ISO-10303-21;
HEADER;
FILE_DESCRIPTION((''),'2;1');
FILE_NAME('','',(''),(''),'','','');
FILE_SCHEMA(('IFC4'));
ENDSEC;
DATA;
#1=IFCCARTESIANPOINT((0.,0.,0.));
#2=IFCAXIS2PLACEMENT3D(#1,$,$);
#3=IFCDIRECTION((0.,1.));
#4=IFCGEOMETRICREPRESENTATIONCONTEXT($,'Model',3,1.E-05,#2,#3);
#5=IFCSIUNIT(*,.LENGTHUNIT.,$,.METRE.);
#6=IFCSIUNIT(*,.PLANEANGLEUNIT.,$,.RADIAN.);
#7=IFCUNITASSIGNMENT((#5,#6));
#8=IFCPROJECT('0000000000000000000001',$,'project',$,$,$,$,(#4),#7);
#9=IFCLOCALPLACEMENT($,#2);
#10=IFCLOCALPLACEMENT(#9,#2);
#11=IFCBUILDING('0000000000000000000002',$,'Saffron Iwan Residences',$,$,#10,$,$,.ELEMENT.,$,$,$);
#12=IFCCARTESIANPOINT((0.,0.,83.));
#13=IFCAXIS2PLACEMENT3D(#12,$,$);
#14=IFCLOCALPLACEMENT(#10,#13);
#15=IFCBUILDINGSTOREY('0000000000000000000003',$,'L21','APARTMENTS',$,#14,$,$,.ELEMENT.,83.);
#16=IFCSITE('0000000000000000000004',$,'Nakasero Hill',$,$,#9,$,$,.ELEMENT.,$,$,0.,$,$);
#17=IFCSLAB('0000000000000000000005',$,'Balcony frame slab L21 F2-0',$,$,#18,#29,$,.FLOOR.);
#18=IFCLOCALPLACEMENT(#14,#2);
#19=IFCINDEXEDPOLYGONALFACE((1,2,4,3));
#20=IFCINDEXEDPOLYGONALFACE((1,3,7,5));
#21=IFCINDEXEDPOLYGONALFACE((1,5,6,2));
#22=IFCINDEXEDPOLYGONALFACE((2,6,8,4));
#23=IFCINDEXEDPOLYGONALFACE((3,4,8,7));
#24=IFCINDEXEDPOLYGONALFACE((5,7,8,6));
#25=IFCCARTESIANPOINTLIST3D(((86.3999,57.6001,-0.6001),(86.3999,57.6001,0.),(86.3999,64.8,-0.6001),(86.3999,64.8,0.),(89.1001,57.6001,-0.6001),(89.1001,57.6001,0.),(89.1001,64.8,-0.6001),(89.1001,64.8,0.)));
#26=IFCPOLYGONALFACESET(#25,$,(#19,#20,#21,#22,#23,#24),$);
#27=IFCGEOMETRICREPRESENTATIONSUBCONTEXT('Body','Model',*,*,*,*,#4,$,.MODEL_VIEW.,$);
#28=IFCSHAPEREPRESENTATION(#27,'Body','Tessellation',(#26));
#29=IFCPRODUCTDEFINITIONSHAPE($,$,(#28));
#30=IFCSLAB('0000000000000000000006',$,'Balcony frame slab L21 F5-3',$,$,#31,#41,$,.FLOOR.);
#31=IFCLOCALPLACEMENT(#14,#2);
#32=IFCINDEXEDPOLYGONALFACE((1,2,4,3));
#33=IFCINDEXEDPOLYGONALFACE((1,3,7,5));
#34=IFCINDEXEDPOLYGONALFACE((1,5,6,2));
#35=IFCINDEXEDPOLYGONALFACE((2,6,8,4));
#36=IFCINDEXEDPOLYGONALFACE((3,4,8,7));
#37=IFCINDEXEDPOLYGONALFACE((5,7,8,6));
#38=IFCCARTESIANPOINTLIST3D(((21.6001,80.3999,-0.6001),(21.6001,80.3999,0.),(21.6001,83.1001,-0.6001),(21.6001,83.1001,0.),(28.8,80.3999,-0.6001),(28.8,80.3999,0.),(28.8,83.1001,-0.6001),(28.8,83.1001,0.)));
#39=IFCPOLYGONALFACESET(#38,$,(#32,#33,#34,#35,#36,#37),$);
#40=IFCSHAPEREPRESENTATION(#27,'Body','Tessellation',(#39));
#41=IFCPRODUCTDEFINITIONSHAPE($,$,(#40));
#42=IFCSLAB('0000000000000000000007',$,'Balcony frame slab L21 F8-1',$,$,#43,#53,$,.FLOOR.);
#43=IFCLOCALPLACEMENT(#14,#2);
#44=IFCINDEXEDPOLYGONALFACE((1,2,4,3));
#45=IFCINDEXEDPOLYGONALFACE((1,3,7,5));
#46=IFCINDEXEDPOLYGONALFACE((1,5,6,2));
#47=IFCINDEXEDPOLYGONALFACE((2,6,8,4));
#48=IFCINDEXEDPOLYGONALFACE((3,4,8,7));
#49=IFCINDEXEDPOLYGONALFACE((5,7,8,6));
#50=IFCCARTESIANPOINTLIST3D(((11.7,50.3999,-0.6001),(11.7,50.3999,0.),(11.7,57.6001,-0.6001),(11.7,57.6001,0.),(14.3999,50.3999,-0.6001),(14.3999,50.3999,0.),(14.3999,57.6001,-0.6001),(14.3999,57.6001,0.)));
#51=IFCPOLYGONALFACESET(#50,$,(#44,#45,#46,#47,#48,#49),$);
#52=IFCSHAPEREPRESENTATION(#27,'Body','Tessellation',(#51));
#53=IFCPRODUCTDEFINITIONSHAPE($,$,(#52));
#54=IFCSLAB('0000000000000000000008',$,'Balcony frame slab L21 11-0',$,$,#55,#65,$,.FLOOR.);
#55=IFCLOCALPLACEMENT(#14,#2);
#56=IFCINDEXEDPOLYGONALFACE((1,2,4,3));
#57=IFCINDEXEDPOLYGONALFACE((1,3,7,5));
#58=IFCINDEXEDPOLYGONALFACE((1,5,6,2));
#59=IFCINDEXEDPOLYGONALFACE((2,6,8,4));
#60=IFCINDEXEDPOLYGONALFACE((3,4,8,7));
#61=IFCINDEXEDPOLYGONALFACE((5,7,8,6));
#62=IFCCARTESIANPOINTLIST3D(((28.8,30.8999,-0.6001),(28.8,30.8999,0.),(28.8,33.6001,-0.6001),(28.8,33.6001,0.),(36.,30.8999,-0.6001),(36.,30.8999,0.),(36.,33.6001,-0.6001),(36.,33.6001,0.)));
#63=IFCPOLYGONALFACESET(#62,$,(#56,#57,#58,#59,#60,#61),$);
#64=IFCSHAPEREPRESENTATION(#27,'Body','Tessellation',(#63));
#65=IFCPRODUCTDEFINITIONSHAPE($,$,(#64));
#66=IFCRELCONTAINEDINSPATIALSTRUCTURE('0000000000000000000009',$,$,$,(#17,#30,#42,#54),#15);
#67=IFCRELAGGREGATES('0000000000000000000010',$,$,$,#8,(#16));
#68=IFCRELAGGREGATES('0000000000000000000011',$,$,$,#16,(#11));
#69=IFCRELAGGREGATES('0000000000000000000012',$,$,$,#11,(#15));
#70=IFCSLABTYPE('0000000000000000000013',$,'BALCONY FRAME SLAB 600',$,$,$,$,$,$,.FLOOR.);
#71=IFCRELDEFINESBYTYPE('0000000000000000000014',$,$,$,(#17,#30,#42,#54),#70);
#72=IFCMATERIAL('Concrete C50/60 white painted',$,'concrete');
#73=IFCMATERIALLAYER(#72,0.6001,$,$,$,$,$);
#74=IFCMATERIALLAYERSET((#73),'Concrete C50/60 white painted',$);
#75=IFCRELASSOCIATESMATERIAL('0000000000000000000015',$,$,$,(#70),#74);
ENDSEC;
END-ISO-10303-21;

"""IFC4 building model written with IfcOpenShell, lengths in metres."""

from ifc_helpers import new_model, si_unit, direction, frame, origin, place, context, subcontext, project, spatial, polyline, outline, extrude, material, layer, layer_set, type_object, element, save


model = new_model("IFC4")

# Units and contexts
model_context = context("Model", 3, precision=1e-05, world=origin(), true_north=direction((0.0, 1.0)))
body_context = subcontext(model_context, "Body", "Model", "MODEL_VIEW")
ifc_project = project(units=[si_unit("LENGTHUNIT", "METRE"), si_unit("PLANEANGLEUNIT", "RADIAN")], contexts=[model_context])

# Site, building, storey
site_placement = place(None, origin())
site = spatial("IfcSite", under=ifc_project, at=site_placement, Name="Nakasero Hill", CompositionType="ELEMENT", RefElevation=0.0)
building_placement = place(site_placement, origin())
building = spatial("IfcBuilding", under=site, at=building_placement, Name="Saffron Iwan Residences", CompositionType="ELEMENT")
storey_placement = place(building_placement, frame((0.0, 0.0, 83.0)))
storey = spatial("IfcBuildingStorey", under=building, at=storey_placement, Name="L21", Description="APARTMENTS", CompositionType="ELEMENT", Elevation=83.0)

# Slabs
ifc_material_1 = material(Name="Concrete C50/60 white painted", Category="concrete")
ifc_layer_1 = layer(ifc_material_1, 0.6001)
ifc_layer_set_1 = layer_set([ifc_layer_1], Name="Concrete C50/60 white painted")
slab_type_1 = type_object("IfcSlabType", Name="BALCONY FRAME SLAB 600", PredefinedType="FLOOR", material=ifc_layer_set_1)
slab_1_placement = place(storey_placement, frame((0.0, 0.0, -0.6001)))
element("IfcSlab", 1, at=slab_1_placement, inside=storey, type_object=slab_type_1, Name="Balcony frame slab L21 F2-0", PredefinedType="FLOOR", context=body_context, shape_type="SweptSolid", body=[
    extrude(outline(polyline([(89.1001, 57.6001), (89.1001, 64.8), (86.3999, 64.8), (86.3999, 57.6001), (89.1001, 57.6001)])), origin(), (0.0, 0.0, 1.0), 0.6001),
])
slab_2_placement = place(storey_placement, frame((0.0, 0.0, -0.6001)))
element("IfcSlab", 2, at=slab_2_placement, inside=storey, type_object=slab_type_1, Name="Balcony frame slab L21 F5-3", PredefinedType="FLOOR", context=body_context, shape_type="SweptSolid", body=[
    extrude(outline(polyline([(28.8, 83.1001), (21.6001, 83.1001), (21.6001, 80.3999), (28.8, 80.3999), (28.8, 83.1001)])), origin(), (0.0, 0.0, 1.0), 0.6001),
])
slab_3_placement = place(storey_placement, frame((0.0, 0.0, -0.6001)))
element("IfcSlab", 3, at=slab_3_placement, inside=storey, type_object=slab_type_1, Name="Balcony frame slab L21 F8-1", PredefinedType="FLOOR", context=body_context, shape_type="SweptSolid", body=[
    extrude(outline(polyline([(11.7, 57.6001), (11.7, 50.3999), (14.3999, 50.3999), (14.3999, 57.6001), (11.7, 57.6001)])), origin(), (0.0, 0.0, 1.0), 0.6001),
])
slab_4_placement = place(storey_placement, frame((0.0, 0.0, -0.6001)))
element("IfcSlab", 4, at=slab_4_placement, inside=storey, type_object=slab_type_1, Name="Balcony frame slab L21 11-0", PredefinedType="FLOOR", context=body_context, shape_type="SweptSolid", body=[
    extrude(outline(polyline([(28.8, 30.8999), (36.0, 30.8999), (36.0, 33.6001), (28.8, 33.6001), (28.8, 30.8999)])), origin(), (0.0, 0.0, 1.0), 0.6001),
])

save(model, "model.ifc")
